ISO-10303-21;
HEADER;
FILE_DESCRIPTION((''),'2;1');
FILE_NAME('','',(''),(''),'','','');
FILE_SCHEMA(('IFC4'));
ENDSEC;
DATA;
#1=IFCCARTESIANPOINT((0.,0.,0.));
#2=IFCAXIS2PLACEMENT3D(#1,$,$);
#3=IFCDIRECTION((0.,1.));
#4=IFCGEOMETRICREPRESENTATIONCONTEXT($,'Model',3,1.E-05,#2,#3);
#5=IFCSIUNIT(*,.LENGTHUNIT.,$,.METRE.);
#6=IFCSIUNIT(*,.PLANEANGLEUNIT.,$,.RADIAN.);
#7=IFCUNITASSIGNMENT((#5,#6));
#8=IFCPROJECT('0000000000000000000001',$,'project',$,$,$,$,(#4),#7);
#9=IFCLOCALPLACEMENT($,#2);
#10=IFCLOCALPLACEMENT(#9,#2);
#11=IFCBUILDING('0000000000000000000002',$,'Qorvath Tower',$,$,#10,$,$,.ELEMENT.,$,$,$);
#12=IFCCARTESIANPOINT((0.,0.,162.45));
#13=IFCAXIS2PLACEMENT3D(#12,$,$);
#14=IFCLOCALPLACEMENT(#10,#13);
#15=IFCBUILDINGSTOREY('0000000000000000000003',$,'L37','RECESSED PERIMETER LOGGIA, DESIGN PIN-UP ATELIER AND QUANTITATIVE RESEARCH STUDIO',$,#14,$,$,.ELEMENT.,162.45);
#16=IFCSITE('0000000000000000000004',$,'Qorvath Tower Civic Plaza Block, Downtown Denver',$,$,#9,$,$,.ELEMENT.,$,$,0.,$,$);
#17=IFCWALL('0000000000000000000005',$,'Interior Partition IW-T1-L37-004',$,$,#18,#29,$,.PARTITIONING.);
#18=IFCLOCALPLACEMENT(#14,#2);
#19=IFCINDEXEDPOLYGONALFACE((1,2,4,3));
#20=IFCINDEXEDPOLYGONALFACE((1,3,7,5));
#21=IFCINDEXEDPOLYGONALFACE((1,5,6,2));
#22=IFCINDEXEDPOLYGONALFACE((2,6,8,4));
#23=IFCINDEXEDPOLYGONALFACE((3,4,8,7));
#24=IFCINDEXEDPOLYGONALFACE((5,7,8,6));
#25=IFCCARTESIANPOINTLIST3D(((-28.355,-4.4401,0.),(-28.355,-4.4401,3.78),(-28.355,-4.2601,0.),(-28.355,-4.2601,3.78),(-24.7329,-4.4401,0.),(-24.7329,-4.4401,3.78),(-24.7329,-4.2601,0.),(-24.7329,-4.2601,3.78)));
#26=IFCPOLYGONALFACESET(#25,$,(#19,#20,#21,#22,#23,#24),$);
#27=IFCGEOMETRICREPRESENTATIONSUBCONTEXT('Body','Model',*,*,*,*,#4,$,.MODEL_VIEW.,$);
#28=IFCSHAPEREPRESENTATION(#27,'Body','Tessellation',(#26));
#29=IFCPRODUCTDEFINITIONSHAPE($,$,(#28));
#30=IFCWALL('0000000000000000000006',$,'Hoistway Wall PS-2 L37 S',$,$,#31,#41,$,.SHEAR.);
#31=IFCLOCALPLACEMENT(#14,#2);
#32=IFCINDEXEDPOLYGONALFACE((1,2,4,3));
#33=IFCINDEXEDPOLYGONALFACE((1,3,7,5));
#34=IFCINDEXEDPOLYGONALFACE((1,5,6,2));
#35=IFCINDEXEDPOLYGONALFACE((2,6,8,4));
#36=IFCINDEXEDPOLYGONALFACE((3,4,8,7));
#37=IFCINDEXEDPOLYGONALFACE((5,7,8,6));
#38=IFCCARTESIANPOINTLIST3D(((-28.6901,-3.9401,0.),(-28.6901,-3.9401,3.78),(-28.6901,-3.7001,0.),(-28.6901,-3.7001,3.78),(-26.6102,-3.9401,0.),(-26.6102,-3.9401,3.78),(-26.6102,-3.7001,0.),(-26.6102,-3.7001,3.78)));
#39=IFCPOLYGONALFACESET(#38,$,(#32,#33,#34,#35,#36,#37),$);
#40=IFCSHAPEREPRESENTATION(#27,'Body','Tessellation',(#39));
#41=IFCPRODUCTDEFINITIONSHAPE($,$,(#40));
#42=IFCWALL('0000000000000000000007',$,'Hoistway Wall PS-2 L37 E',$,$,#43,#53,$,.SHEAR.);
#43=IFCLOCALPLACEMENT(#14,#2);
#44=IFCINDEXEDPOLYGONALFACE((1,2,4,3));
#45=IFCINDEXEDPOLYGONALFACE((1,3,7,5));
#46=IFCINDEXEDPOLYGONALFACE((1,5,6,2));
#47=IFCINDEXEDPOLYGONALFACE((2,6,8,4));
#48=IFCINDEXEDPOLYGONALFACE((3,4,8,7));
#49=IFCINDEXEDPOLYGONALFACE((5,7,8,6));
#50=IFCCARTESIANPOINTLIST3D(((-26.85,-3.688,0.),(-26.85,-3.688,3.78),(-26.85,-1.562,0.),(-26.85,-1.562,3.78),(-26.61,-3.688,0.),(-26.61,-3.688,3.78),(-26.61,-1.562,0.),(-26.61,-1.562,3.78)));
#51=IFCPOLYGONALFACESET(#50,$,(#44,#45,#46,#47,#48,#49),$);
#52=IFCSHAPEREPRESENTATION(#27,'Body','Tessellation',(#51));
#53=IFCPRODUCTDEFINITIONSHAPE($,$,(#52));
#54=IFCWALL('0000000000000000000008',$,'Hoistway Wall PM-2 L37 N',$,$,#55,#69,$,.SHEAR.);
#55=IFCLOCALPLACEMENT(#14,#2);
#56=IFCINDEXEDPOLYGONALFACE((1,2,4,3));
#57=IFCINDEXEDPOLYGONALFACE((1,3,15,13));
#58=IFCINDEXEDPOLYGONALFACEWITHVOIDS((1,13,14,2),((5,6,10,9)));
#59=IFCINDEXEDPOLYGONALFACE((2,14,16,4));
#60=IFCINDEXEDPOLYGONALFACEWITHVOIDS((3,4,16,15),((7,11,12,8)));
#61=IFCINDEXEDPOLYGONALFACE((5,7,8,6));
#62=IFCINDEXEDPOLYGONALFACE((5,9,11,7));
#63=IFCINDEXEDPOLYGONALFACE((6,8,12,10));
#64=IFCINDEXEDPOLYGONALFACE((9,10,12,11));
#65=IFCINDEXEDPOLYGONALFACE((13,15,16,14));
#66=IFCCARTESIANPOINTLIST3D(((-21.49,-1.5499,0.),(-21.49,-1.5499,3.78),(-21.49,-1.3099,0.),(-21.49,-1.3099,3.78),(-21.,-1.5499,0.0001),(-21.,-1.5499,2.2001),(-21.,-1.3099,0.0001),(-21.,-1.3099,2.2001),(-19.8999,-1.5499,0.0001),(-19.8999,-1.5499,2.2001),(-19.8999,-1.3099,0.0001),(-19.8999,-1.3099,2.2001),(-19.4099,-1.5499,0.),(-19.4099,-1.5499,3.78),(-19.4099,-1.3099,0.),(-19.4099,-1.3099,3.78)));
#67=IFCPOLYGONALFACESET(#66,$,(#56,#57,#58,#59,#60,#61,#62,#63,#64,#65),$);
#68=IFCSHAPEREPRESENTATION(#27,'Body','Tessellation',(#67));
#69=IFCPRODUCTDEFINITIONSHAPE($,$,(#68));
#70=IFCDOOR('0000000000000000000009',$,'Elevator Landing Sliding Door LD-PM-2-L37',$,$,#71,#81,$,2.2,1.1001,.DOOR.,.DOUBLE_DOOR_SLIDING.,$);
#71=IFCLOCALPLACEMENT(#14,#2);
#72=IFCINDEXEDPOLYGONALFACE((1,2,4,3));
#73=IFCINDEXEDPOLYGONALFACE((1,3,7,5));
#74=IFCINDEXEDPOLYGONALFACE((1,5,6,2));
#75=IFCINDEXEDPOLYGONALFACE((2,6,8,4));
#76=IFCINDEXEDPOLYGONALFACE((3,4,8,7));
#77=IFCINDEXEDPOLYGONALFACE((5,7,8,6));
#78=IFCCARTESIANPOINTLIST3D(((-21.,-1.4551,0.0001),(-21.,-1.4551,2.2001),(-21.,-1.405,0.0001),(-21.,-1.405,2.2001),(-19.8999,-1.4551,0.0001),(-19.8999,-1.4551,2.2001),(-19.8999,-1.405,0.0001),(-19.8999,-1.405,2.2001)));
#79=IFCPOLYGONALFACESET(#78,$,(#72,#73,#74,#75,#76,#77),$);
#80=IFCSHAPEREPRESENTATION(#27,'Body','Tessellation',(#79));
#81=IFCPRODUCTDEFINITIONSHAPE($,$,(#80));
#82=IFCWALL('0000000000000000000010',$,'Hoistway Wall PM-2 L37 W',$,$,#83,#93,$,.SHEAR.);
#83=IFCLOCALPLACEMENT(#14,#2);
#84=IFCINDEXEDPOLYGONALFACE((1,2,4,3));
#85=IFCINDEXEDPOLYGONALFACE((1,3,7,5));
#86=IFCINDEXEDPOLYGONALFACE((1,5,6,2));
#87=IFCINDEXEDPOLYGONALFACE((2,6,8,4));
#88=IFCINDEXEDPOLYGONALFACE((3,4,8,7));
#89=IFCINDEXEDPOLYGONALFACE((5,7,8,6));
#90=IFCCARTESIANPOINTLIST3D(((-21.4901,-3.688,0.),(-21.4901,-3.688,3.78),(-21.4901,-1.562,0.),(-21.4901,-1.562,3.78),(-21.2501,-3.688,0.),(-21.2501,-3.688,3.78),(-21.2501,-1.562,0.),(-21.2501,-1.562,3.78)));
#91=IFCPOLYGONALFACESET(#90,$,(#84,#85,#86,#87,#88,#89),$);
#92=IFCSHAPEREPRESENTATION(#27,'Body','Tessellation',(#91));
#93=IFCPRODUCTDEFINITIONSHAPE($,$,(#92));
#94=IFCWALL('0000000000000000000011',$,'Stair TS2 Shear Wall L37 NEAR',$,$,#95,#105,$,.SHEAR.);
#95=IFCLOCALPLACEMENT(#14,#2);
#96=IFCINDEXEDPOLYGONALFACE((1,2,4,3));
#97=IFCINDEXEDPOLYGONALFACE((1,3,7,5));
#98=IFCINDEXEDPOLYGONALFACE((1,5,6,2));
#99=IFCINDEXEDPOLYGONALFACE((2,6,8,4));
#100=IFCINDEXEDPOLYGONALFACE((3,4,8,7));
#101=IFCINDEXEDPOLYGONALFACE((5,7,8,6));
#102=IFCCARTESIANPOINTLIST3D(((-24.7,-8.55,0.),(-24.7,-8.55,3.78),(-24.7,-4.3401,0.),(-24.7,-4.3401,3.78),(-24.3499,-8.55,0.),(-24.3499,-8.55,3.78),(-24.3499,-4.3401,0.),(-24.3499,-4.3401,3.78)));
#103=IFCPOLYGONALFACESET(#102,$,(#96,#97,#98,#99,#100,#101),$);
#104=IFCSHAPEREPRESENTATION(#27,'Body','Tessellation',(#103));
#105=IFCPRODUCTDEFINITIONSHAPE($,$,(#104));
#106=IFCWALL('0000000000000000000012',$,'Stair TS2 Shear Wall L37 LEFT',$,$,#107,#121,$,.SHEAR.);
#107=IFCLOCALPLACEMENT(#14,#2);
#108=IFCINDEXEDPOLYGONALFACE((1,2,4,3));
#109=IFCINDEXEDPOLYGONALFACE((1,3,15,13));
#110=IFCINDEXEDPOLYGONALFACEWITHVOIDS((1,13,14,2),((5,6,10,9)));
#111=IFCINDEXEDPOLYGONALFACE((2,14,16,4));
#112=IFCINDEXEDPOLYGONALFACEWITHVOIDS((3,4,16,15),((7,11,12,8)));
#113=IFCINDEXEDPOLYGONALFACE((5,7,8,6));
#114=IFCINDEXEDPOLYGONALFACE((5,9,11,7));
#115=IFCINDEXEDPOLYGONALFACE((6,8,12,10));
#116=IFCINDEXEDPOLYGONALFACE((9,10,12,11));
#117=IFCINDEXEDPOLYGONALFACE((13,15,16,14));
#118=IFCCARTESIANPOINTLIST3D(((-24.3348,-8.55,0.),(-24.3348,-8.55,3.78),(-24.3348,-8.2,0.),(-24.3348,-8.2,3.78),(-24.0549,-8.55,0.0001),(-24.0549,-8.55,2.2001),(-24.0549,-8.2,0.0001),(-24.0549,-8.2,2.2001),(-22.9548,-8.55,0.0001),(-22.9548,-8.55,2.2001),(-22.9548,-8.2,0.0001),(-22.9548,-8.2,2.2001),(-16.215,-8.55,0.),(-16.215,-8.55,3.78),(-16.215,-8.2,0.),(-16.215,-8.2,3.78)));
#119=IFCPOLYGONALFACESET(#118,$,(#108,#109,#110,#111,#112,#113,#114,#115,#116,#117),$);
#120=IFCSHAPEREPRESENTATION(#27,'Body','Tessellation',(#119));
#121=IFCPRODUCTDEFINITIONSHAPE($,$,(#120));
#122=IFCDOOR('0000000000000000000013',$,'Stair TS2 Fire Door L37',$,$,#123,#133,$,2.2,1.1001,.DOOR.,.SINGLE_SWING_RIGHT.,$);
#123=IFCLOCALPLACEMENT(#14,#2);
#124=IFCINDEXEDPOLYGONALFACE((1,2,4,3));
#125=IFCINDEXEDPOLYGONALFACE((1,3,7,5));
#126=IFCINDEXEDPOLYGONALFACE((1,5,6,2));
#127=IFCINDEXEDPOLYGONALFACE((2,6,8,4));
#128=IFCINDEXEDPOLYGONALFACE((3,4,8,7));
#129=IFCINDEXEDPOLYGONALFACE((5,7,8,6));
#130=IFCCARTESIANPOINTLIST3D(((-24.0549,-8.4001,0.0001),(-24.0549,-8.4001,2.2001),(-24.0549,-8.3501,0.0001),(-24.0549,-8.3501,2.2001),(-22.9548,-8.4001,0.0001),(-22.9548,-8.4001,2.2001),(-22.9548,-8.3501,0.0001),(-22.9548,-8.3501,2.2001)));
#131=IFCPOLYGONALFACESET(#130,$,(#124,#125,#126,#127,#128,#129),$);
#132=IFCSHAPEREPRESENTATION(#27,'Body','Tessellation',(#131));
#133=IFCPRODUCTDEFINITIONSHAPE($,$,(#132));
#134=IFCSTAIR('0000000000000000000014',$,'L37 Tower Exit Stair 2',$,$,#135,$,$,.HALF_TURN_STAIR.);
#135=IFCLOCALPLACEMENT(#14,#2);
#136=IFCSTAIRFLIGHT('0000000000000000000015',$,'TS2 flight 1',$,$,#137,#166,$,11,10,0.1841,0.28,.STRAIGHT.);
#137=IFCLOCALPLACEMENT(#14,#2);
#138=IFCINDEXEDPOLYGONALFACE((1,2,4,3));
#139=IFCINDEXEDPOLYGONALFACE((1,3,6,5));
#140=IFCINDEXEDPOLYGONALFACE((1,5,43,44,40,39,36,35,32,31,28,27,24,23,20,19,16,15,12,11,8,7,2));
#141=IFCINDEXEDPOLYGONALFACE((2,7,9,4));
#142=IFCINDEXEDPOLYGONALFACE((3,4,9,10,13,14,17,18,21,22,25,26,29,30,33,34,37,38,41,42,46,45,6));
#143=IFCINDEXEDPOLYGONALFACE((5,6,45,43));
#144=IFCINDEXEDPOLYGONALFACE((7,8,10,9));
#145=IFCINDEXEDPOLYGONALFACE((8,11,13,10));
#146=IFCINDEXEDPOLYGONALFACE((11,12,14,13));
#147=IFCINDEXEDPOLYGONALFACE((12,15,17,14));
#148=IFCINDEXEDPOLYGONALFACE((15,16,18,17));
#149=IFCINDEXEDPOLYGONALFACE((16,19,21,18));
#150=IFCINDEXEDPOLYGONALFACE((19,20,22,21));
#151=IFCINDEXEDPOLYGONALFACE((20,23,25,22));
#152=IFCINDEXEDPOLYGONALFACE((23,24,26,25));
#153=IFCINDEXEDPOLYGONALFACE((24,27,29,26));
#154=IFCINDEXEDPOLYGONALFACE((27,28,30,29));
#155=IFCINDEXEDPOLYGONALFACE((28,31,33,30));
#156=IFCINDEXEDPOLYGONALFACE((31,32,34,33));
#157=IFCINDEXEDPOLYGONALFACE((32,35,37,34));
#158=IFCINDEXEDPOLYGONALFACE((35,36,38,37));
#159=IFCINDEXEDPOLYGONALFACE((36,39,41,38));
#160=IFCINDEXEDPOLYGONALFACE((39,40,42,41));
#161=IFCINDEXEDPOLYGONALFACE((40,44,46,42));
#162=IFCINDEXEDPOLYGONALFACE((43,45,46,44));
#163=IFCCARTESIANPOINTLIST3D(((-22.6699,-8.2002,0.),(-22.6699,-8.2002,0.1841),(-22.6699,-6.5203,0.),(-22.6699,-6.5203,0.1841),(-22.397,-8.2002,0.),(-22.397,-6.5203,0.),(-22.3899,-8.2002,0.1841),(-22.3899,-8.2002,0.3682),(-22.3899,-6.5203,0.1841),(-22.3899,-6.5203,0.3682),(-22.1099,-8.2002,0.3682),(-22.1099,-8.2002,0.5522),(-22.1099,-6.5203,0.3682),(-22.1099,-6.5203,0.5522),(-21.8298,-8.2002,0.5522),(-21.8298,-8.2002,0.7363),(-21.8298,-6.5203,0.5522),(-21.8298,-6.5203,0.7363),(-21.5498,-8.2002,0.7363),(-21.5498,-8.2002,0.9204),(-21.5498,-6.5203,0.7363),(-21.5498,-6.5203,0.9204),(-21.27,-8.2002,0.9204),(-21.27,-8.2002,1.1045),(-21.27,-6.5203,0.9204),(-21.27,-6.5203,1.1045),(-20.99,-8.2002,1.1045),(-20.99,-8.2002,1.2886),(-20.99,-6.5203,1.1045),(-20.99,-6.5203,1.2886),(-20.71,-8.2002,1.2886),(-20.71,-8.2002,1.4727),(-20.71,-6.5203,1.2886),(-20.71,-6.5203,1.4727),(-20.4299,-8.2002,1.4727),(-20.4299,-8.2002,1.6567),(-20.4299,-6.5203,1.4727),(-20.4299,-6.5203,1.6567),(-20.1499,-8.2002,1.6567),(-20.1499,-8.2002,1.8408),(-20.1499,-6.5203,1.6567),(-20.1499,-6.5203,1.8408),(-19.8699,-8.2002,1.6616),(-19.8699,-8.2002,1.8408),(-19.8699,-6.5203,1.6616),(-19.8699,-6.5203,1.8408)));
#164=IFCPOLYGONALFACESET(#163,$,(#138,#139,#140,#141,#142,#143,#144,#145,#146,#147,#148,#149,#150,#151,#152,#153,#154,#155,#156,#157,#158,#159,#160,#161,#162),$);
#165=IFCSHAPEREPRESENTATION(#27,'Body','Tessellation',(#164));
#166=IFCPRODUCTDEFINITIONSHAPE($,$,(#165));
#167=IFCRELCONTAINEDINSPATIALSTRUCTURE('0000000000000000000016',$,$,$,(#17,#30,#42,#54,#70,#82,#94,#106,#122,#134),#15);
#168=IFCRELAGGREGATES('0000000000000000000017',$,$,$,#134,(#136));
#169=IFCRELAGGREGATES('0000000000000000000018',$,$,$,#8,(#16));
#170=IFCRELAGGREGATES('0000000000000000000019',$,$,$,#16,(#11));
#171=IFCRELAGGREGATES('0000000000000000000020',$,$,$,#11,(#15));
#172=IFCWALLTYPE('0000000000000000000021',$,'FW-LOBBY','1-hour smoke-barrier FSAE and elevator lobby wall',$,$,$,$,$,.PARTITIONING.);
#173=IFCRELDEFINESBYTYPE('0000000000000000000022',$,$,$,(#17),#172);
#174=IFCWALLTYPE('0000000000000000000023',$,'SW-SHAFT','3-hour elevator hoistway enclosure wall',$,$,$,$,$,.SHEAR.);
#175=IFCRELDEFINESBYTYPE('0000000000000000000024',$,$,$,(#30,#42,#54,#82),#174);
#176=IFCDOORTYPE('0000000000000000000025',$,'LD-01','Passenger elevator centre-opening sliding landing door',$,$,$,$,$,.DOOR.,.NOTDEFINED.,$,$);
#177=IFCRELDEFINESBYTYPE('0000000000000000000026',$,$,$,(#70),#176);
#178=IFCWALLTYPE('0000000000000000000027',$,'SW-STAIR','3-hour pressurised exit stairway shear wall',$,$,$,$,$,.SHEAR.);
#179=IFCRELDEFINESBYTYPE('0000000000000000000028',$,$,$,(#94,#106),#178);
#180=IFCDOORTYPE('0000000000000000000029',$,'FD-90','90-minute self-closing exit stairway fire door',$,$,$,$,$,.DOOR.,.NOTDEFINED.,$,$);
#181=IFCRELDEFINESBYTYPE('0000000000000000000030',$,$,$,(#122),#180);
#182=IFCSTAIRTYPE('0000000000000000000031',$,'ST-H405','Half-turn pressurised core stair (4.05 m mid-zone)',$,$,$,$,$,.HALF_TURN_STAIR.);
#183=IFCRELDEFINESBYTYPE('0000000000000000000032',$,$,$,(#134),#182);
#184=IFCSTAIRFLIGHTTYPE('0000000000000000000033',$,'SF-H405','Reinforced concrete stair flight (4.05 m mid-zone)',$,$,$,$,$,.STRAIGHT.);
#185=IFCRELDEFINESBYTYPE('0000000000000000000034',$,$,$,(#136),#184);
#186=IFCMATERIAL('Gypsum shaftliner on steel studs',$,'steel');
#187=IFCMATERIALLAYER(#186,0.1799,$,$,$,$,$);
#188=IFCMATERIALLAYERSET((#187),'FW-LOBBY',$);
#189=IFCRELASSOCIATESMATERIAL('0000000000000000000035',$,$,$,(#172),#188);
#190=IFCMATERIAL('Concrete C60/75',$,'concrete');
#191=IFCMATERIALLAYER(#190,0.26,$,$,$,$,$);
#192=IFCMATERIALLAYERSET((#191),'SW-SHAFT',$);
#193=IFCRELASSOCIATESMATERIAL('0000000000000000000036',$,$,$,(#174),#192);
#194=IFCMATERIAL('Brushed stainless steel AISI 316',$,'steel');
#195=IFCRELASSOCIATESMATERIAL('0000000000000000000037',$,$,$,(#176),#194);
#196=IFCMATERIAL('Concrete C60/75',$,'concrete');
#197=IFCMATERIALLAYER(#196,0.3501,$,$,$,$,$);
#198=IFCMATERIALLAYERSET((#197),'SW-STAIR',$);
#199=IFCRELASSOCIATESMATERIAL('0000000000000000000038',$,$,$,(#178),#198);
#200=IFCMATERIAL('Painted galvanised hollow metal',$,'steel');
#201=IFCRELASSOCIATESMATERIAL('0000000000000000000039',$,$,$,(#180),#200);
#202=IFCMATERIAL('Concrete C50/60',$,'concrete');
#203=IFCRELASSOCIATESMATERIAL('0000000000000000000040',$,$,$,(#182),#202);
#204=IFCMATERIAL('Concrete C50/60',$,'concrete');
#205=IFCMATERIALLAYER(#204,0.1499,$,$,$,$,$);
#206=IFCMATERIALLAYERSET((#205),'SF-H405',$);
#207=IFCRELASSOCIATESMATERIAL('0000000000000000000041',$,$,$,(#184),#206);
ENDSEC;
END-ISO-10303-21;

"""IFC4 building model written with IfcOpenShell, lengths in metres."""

from ifc_helpers import new_model, si_unit, direction, frame, frame_2d, origin, place, context, subcontext, project, spatial, polyline, rectangle, outline, extrude, material, layer, layer_set, type_object, element, fill, aggregate, save


model = new_model("IFC4")

# Units and contexts
model_context = context("Model", 3, precision=1e-05, world=origin(), true_north=direction((0.0, 1.0)))
body_context = subcontext(model_context, "Body", "Model", "MODEL_VIEW")
ifc_project = project(units=[si_unit("LENGTHUNIT", "METRE"), si_unit("PLANEANGLEUNIT", "RADIAN")], contexts=[model_context])

# Site, building, storey
site_placement = place(None, origin())
site = spatial("IfcSite", under=ifc_project, at=site_placement, Name="Qorvath Tower Civic Plaza Block, Downtown Denver", CompositionType="ELEMENT", RefElevation=0.0)
building_placement = place(site_placement, origin())
building = spatial("IfcBuilding", under=site, at=building_placement, Name="Qorvath Tower", CompositionType="ELEMENT")
storey_placement = place(building_placement, frame((0.0, 0.0, 162.45)))
storey = spatial("IfcBuildingStorey", under=building, at=storey_placement, Name="L37", Description="RECESSED PERIMETER LOGGIA, DESIGN PIN-UP ATELIER AND QUANTITATIVE RESEARCH STUDIO", CompositionType="ELEMENT", Elevation=162.45)

# Walls
ifc_material_1 = material(Name="Gypsum shaftliner on steel studs", Category="steel")
ifc_layer_1 = layer(ifc_material_1, 0.1799)
ifc_layer_set_1 = layer_set([ifc_layer_1], Name="FW-LOBBY")
wall_type_1 = type_object("IfcWallType", Name="FW-LOBBY", Description="1-hour smoke-barrier FSAE and elevator lobby wall", PredefinedType="PARTITIONING", material=ifc_layer_set_1)
wall_1_placement = place(storey_placement, frame((-24.7329, -4.3501, 0.0), z_axis=(0.0, 0.0, 1.0), x_axis=(-1.0, 0.0, 0.0)))
element("IfcWall", 1, at=wall_1_placement, inside=storey, type_object=wall_type_1, Name="Interior Partition IW-T1-L37-004", PredefinedType="PARTITIONING", context=body_context, shape_type="SweptSolid", body=[
    extrude(rectangle(XDim=3.6221, YDim=0.1799, at=frame_2d((1.811, 0.0))), origin(), (0.0, 0.0, 1.0), 3.78),
])
ifc_material_2 = material(Name="Concrete C60/75", Category="concrete")
ifc_layer_2 = layer(ifc_material_2, 0.26)
ifc_layer_set_2 = layer_set([ifc_layer_2], Name="SW-SHAFT")
wall_type_2 = type_object("IfcWallType", Name="SW-SHAFT", Description="3-hour elevator hoistway enclosure wall", PredefinedType="SHEAR", material=ifc_layer_set_2)
wall_2_placement = place(storey_placement, frame((-26.6101, -3.8201, 0.0), z_axis=(0.0, 0.0, 1.0), x_axis=(-1.0, 0.0, 0.0)))
element("IfcWall", 2, at=wall_2_placement, inside=storey, type_object=wall_type_2, Name="Hoistway Wall PS-2 L37 S", PredefinedType="SHEAR", context=body_context, shape_type="SweptSolid", body=[
    extrude(rectangle(XDim=2.0798, YDim=0.24, at=frame_2d((1.04, 0.0))), origin(), (0.0, 0.0, 1.0), 3.78),
])
wall_3_placement = place(storey_placement, frame((-26.73, -1.562, 0.0), z_axis=(0.0, 0.0, 1.0), x_axis=(0.0, -1.0, 0.0)))
element("IfcWall", 3, at=wall_3_placement, inside=storey, type_object=wall_type_2, Name="Hoistway Wall PS-2 L37 E", PredefinedType="SHEAR", context=body_context, shape_type="SweptSolid", body=[
    extrude(rectangle(XDim=2.126, YDim=0.24, at=frame_2d((1.063, 0.0))), origin(), (0.0, 0.0, 1.0), 3.78),
])

# Wall, opening, door
wall_4_placement = place(storey_placement, frame((-21.49, -1.4299, 0.0), z_axis=(0.0, 0.0, 1.0), x_axis=(1.0, 0.0, 0.0)))
wall_4 = element("IfcWall", 4, at=wall_4_placement, inside=storey, type_object=wall_type_2, Name="Hoistway Wall PM-2 L37 N", PredefinedType="SHEAR", context=body_context, shape_type="SweptSolid", body=[
    extrude(rectangle(XDim=2.0801, YDim=0.24, at=frame_2d((1.04, 0.0))), origin(), (0.0, 0.0, 1.0), 3.78),
])
opening_1_placement = place(wall_4_placement, frame((0.49, 0.0, 0.0)))
opening_1 = element("IfcOpeningElement", 5, at=opening_1_placement, cuts=wall_4, PredefinedType="OPENING", context=body_context, shape_type="SweptSolid", body=[
    extrude(rectangle(XDim=1.1001, YDim=2.2, at=frame_2d((0.55, 1.1001))), frame((0.0, 0.1299, 0.0), z_axis=(0.0, -1.0, 0.0), x_axis=(1.0, 0.0, 0.0)), (0.0, 0.0, 1.0), 0.26),
])
ifc_material_3 = material(Name="Brushed stainless steel AISI 316", Category="steel")
door_type_1 = type_object("IfcDoorType", Name="LD-01", Description="Passenger elevator centre-opening sliding landing door", OperationType="NOTDEFINED", PredefinedType="DOOR", material=ifc_material_3)
door_1_placement = place(opening_1_placement, origin())
door_1 = element("IfcDoor", 6, at=door_1_placement, inside=storey, type_object=door_type_1, Name="Elevator Landing Sliding Door LD-PM-2-L37", OperationType="DOUBLE_DOOR_SLIDING", OverallHeight=2.2, OverallWidth=1.1001, PredefinedType="DOOR", context=body_context, shape_type="SweptSolid", body=[
    extrude(rectangle(XDim=1.1001, YDim=2.2, at=frame_2d((0.55, 1.1001))), frame((0.0, 0.0249, 0.0), z_axis=(0.0, -1.0, 0.0), x_axis=(1.0, 0.0, 0.0)), (0.0, 0.0, 1.0), 0.05),
])
fill(opening_1, door_1)

# Walls
wall_5_placement = place(storey_placement, frame((-21.3701, -3.688, 0.0), z_axis=(0.0, 0.0, 1.0), x_axis=(0.0, 1.0, 0.0)))
element("IfcWall", 7, at=wall_5_placement, inside=storey, type_object=wall_type_2, Name="Hoistway Wall PM-2 L37 W", PredefinedType="SHEAR", context=body_context, shape_type="SweptSolid", body=[
    extrude(rectangle(XDim=2.126, YDim=0.24, at=frame_2d((1.063, 0.0))), origin(), (0.0, 0.0, 1.0), 3.78),
])
ifc_material_4 = material(Name="Concrete C60/75", Category="concrete")
ifc_layer_3 = layer(ifc_material_4, 0.3501)
ifc_layer_set_3 = layer_set([ifc_layer_3], Name="SW-STAIR")
wall_type_3 = type_object("IfcWallType", Name="SW-STAIR", Description="3-hour pressurised exit stairway shear wall", PredefinedType="SHEAR", material=ifc_layer_set_3)
wall_6_placement = place(storey_placement, frame((-24.5249, -4.3401, 0.0), z_axis=(0.0, 0.0, 1.0), x_axis=(0.0, -1.0, 0.0)))
element("IfcWall", 8, at=wall_6_placement, inside=storey, type_object=wall_type_3, Name="Stair TS2 Shear Wall L37 NEAR", PredefinedType="SHEAR", context=body_context, shape_type="SweptSolid", body=[
    extrude(rectangle(XDim=4.21, YDim=0.3501, at=frame_2d((2.105, 0.0))), origin(), (0.0, 0.0, 1.0), 3.78),
])

# Wall, opening, door
wall_7_placement = place(storey_placement, frame((-24.335, -8.375, 0.0), z_axis=(0.0, 0.0, 1.0), x_axis=(1.0, 0.0, 0.0)))
wall_7 = element("IfcWall", 9, at=wall_7_placement, inside=storey, type_object=wall_type_3, Name="Stair TS2 Shear Wall L37 LEFT", PredefinedType="SHEAR", context=body_context, shape_type="SweptSolid", body=[
    extrude(rectangle(XDim=8.1199, YDim=0.3501, at=frame_2d((4.0601, 0.0))), origin(), (0.0, 0.0, 1.0), 3.78),
])
opening_2_placement = place(wall_7_placement, frame((0.28, 0.0, 0.0)))
opening_2 = element("IfcOpeningElement", 10, at=opening_2_placement, cuts=wall_7, PredefinedType="OPENING", context=body_context, shape_type="SweptSolid", body=[
    extrude(rectangle(XDim=1.1001, YDim=2.2, at=frame_2d((0.55, 1.1001))), frame((0.0, 0.1851, 0.0), z_axis=(0.0, -1.0, 0.0), x_axis=(1.0, 0.0, 0.0)), (0.0, 0.0, 1.0), 0.3701),
])
ifc_material_5 = material(Name="Painted galvanised hollow metal", Category="steel")
door_type_2 = type_object("IfcDoorType", Name="FD-90", Description="90-minute self-closing exit stairway fire door", OperationType="NOTDEFINED", PredefinedType="DOOR", material=ifc_material_5)
door_2_placement = place(opening_2_placement, origin())
door_2 = element("IfcDoor", 11, at=door_2_placement, inside=storey, type_object=door_type_2, Name="Stair TS2 Fire Door L37", OperationType="SINGLE_SWING_RIGHT", OverallHeight=2.2, OverallWidth=1.1001, PredefinedType="DOOR", context=body_context, shape_type="SweptSolid", body=[
    extrude(rectangle(XDim=1.1001, YDim=2.2, at=frame_2d((0.55, 1.1001))), frame((0.0, 0.0249, 0.0), z_axis=(0.0, -1.0, 0.0), x_axis=(1.0, 0.0, 0.0)), (0.0, 0.0, 1.0), 0.05),
])
fill(opening_2, door_2)

# Stair, stair flight
ifc_material_6 = material(Name="Concrete C50/60", Category="concrete")
stair_type = type_object("IfcStairType", Name="ST-H405", Description="Half-turn pressurised core stair (4.05 m mid-zone)", PredefinedType="HALF_TURN_STAIR", material=ifc_material_6)
stair_placement = place(storey_placement, origin())
stair = element("IfcStair", 12, at=stair_placement, inside=storey, type_object=stair_type, Name="L37 Tower Exit Stair 2", PredefinedType="HALF_TURN_STAIR")
ifc_material_7 = material(Name="Concrete C50/60", Category="concrete")
ifc_layer_4 = layer(ifc_material_7, 0.1499)
ifc_layer_set_4 = layer_set([ifc_layer_4], Name="SF-H405")
stair_flight_type = type_object("IfcStairFlightType", Name="SF-H405", Description="Reinforced concrete stair flight (4.05 m mid-zone)", PredefinedType="STRAIGHT", material=ifc_layer_set_4)
stair_flight_1_placement = place(storey_placement, frame((-22.6699, -7.3601, 0.0), z_axis=(0.0, 0.0, 1.0), x_axis=(1.0, 0.0, 0.0)))
stair_flight_1 = element("IfcStairFlight", 13, at=stair_flight_1_placement, type_object=stair_flight_type, Name="TS2 flight 1", NumberOfRisers=11, NumberOfTreads=10, PredefinedType="STRAIGHT", RiserHeight=0.1841, TreadLength=0.28, context=body_context, shape_type="SweptSolid", body=[
    extrude(outline(polyline([(0.0, 0.0), (0.0, 0.1841), (0.28, 0.1841), (0.28, 0.3682), (0.5601, 0.3682), (0.5601, 0.5522), (0.8401, 0.5522), (0.8401, 0.7363), (1.1201, 0.7363), (1.1201, 0.9204), (1.3999, 0.9204), (1.3999, 1.1045), (1.6799, 1.1045), (1.6799, 1.2886), (1.96, 1.2886), (1.96, 1.4727), (2.24, 1.4727), (2.24, 1.6567), (2.52, 1.6567), (2.52, 1.8408), (2.8, 1.8408), (2.8, 2.0249), (2.8, 1.6616), (0.2729, 0.0), (0.0, 0.0)])), frame((0.0, 0.8398, 0.0), z_axis=(0.0, -1.0, 0.0), x_axis=(1.0, 0.0, 0.0)), (0.0, 0.0, 1.0), 1.6799),
])
aggregate(stair, [stair_flight_1])

save(model, "model.ifc")
